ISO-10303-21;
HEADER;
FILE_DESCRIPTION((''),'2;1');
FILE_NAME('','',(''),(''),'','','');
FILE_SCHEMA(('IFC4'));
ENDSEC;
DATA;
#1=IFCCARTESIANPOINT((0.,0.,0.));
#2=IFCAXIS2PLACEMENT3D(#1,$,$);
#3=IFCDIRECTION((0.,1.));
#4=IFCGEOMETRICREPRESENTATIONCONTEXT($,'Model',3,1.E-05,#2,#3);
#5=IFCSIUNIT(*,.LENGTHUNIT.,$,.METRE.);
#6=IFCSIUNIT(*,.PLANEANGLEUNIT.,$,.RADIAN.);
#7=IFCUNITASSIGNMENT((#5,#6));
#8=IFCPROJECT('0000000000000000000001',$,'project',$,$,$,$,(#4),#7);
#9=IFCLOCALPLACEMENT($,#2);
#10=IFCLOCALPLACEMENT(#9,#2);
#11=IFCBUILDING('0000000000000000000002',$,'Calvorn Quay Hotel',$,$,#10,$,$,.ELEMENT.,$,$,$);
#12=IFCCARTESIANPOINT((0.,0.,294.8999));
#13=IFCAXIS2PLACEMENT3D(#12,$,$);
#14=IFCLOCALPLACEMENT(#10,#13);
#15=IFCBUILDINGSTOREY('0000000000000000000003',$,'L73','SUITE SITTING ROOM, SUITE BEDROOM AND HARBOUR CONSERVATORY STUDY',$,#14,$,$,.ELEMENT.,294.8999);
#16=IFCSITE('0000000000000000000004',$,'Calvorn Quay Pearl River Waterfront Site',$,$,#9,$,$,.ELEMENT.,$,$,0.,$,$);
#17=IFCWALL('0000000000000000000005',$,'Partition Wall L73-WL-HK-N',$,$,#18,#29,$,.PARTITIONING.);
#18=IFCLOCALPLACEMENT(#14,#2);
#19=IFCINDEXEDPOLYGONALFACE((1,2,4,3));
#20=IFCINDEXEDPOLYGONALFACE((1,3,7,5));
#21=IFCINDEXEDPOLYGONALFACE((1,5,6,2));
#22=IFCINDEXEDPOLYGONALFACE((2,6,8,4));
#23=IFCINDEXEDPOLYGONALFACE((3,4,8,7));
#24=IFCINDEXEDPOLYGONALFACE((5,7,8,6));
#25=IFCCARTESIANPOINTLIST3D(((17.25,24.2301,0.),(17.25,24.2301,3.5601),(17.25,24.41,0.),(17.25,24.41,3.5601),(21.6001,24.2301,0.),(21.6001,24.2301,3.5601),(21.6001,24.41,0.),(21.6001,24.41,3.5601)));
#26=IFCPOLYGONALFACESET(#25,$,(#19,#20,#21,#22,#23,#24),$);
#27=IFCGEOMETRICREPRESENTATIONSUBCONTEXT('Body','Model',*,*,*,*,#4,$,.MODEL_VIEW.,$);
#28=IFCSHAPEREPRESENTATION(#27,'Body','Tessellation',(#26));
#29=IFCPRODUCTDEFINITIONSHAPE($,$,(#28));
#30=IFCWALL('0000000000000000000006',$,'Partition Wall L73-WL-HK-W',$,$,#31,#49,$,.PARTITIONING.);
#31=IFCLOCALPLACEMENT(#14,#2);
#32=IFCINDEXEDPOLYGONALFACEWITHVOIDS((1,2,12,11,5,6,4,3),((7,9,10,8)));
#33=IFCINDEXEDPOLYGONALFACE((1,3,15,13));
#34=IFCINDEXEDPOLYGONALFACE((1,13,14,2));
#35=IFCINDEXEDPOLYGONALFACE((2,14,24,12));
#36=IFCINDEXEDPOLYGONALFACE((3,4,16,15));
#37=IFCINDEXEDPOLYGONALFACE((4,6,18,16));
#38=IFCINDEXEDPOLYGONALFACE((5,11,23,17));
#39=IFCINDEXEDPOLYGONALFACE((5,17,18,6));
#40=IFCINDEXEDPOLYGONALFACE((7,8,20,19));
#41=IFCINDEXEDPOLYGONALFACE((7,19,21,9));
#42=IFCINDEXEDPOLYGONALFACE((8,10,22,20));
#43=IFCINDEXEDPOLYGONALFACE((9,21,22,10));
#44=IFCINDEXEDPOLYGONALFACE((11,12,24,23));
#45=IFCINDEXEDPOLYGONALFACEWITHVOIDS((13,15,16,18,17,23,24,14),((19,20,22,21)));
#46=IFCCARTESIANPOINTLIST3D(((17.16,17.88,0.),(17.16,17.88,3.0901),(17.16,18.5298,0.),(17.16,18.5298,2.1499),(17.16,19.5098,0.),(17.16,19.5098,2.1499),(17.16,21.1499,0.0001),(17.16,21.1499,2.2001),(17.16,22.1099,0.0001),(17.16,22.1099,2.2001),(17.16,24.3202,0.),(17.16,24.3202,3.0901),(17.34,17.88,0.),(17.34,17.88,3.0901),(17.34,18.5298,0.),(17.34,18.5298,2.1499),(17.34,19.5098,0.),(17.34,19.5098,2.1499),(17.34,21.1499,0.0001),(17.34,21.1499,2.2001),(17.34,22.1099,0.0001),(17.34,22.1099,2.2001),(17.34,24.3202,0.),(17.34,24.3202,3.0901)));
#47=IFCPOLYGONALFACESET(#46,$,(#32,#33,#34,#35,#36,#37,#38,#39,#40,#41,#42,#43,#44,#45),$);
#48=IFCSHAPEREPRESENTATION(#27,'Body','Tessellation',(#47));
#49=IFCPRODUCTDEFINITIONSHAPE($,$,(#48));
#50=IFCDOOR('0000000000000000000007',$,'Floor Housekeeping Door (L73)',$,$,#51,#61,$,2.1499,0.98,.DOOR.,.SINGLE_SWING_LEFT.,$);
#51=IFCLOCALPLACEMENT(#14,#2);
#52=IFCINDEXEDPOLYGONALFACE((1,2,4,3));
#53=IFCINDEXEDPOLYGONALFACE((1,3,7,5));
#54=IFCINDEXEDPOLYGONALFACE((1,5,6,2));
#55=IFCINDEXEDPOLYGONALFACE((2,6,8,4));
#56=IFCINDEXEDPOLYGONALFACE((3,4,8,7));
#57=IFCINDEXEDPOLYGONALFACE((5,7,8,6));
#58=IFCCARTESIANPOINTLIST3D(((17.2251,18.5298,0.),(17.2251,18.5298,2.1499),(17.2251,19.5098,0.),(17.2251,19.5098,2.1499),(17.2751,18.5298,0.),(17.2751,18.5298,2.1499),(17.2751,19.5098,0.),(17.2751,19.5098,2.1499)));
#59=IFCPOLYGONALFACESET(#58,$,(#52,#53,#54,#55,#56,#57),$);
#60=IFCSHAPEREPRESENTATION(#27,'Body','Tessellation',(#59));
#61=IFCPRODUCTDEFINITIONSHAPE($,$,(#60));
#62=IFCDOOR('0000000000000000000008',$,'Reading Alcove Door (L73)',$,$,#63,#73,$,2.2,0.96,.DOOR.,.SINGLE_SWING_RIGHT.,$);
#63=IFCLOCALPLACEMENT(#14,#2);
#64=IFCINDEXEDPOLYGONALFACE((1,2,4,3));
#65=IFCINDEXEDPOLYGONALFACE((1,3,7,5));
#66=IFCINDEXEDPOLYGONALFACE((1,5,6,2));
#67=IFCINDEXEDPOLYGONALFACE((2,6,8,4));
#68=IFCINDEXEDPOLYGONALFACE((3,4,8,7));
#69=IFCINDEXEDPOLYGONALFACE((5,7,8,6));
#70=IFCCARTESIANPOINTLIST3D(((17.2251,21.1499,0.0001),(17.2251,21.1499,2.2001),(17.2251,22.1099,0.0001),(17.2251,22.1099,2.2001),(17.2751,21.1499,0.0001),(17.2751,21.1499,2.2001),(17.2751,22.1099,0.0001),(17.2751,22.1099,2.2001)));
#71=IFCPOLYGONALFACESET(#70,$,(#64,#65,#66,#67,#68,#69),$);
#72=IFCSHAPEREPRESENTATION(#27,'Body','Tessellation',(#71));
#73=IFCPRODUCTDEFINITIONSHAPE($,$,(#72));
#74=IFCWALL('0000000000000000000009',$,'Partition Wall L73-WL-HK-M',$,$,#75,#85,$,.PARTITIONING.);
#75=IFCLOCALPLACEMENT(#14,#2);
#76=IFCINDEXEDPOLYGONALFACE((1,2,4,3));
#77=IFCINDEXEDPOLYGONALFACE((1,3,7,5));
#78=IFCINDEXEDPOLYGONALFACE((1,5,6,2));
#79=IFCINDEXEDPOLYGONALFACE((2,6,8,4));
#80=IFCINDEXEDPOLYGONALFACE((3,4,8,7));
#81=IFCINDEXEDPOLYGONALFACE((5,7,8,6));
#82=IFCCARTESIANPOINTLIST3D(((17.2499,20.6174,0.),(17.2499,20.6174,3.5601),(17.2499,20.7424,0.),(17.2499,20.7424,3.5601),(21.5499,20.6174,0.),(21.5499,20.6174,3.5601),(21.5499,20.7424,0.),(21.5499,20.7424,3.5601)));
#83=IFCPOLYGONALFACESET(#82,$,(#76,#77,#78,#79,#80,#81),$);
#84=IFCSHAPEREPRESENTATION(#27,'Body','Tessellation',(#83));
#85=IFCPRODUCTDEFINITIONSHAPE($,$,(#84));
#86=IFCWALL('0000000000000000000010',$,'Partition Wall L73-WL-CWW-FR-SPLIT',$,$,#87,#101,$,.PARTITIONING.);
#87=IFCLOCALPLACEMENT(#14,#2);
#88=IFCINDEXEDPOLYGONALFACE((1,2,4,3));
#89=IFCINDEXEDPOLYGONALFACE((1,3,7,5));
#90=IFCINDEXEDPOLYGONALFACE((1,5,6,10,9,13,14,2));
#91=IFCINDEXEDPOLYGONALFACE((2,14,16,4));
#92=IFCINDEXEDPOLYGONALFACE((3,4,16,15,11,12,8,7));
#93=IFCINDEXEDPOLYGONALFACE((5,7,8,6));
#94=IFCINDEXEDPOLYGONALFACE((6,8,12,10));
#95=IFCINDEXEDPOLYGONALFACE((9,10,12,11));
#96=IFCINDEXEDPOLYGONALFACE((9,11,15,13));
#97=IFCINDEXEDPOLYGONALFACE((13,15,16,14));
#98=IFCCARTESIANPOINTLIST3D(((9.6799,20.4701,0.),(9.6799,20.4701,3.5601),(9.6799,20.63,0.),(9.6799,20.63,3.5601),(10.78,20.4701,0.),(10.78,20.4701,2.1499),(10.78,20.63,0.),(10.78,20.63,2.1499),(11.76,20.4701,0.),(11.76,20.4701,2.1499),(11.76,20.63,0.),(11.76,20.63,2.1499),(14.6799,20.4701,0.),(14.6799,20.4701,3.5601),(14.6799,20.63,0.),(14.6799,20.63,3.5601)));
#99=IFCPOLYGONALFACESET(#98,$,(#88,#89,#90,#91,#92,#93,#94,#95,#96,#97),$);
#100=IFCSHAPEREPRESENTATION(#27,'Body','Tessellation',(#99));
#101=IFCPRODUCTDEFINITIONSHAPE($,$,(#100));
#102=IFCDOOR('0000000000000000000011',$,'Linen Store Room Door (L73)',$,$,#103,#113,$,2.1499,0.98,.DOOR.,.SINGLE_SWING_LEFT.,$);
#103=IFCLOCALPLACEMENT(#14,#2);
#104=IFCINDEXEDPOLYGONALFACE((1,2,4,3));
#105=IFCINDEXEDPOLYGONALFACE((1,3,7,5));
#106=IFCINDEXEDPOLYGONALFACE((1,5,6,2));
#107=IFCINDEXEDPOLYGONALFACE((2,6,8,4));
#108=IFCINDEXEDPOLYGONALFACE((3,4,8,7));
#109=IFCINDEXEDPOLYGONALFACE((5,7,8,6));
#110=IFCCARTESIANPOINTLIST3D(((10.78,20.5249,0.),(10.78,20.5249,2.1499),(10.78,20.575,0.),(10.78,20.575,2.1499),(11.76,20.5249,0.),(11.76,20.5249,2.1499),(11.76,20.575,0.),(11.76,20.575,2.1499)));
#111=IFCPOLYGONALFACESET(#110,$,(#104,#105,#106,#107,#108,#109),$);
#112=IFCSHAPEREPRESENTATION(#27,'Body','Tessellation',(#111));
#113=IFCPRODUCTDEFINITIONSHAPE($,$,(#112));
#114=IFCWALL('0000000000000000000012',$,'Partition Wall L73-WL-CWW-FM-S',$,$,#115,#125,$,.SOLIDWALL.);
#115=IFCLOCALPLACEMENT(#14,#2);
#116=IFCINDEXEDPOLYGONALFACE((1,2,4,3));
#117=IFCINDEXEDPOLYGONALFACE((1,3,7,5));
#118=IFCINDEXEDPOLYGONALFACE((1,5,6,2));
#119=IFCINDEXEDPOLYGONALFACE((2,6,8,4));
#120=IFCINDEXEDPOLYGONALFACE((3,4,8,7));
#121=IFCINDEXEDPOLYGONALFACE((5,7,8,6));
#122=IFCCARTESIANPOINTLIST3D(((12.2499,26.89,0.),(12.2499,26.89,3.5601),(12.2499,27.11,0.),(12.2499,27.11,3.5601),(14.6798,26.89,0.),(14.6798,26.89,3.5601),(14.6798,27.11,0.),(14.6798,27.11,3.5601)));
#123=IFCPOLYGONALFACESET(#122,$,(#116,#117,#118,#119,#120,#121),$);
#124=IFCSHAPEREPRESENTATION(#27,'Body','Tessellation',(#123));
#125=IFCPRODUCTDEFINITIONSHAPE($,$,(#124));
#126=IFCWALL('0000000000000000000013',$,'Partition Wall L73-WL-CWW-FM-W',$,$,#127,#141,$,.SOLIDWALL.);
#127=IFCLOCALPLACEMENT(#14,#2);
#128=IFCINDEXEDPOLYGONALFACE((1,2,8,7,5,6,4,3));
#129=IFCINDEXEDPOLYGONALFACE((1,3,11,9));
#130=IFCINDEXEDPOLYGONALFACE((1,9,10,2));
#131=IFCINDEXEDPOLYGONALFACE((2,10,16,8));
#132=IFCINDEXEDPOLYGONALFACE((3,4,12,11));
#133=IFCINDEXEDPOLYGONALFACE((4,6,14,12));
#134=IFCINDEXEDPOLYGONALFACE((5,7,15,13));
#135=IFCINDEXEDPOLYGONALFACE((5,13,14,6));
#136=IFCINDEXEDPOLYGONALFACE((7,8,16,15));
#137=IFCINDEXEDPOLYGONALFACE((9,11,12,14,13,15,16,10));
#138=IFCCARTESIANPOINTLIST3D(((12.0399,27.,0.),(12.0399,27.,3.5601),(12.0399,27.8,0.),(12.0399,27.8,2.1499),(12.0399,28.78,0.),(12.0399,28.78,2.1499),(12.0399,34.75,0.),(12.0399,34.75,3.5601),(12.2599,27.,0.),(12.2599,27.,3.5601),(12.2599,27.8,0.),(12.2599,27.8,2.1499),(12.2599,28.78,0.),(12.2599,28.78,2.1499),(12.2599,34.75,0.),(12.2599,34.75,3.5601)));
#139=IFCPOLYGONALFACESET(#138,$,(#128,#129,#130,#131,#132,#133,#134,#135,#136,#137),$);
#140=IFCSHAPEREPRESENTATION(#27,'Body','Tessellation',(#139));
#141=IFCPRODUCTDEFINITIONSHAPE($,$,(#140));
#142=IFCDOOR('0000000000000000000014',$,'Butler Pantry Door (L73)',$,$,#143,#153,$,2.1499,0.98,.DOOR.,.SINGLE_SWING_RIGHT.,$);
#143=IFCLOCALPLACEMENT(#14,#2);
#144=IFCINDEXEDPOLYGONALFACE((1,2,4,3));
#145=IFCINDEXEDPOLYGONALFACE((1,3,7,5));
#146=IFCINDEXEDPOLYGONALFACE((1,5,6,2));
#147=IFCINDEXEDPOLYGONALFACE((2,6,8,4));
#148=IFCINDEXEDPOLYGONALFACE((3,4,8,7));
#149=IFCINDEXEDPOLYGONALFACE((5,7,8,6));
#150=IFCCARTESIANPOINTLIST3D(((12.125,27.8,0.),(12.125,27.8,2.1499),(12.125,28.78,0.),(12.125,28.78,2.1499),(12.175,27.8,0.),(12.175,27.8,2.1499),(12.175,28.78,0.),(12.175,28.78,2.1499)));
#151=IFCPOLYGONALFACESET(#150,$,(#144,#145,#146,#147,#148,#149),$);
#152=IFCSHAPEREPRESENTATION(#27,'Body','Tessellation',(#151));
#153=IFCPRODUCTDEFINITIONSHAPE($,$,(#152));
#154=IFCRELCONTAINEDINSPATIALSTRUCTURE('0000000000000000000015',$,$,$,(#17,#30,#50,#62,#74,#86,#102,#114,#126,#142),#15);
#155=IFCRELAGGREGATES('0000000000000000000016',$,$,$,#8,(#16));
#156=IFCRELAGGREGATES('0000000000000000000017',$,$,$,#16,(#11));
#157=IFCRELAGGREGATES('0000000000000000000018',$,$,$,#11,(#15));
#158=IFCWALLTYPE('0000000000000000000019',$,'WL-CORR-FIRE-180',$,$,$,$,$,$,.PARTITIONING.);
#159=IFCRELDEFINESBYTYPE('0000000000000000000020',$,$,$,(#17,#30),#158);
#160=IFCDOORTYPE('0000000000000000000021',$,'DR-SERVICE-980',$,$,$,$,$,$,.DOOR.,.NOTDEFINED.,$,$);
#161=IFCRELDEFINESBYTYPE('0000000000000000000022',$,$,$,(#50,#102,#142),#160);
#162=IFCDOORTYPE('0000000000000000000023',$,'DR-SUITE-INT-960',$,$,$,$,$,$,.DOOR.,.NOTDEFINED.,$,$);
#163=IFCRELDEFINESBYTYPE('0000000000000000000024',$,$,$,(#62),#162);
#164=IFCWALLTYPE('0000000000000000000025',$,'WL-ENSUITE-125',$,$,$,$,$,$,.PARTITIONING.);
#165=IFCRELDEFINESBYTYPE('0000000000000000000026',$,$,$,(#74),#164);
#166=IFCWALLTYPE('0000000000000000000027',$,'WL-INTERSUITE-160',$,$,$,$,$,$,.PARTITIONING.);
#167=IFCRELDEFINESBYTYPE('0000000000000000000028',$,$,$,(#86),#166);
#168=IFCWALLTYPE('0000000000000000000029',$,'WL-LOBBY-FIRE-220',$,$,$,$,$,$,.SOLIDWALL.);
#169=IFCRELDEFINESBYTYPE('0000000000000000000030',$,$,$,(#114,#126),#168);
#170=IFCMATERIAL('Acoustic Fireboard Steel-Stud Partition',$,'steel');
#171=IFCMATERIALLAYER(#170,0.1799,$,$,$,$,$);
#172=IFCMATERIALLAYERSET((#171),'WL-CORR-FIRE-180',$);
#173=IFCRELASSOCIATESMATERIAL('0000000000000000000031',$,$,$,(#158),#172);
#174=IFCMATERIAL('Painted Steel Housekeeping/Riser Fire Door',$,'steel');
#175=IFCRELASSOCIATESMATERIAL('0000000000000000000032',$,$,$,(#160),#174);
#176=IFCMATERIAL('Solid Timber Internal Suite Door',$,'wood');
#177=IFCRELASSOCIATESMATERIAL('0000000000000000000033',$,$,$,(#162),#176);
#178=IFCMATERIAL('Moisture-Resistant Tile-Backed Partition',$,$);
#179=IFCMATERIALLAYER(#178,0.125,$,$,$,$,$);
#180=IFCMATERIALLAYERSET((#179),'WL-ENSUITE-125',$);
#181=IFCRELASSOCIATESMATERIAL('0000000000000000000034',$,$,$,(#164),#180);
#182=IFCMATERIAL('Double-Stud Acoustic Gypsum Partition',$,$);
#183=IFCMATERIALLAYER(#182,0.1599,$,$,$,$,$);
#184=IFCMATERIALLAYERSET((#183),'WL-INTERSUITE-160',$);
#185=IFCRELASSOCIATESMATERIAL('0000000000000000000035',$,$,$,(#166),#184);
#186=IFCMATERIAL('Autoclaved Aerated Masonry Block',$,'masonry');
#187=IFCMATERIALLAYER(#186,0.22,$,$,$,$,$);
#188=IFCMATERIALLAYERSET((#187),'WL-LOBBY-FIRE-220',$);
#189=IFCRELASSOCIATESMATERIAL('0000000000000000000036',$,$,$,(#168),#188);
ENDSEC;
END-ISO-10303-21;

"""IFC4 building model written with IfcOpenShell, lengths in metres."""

from ifc_helpers import new_model, si_unit, direction, frame, frame_2d, origin, place, context, subcontext, project, spatial, rectangle, extrude, material, layer, layer_set, type_object, element, fill, save


model = new_model("IFC4")

# Units and contexts
model_context = context("Model", 3, precision=1e-05, world=origin(), true_north=direction((0.0, 1.0)))
body_context = subcontext(model_context, "Body", "Model", "MODEL_VIEW")
ifc_project = project(units=[si_unit("LENGTHUNIT", "METRE"), si_unit("PLANEANGLEUNIT", "RADIAN")], contexts=[model_context])

# Site, building, storey
site_placement = place(None, origin())
site = spatial("IfcSite", under=ifc_project, at=site_placement, Name="Calvorn Quay Pearl River Waterfront Site", CompositionType="ELEMENT", RefElevation=0.0)
building_placement = place(site_placement, origin())
building = spatial("IfcBuilding", under=site, at=building_placement, Name="Calvorn Quay Hotel", CompositionType="ELEMENT")
storey_placement = place(building_placement, frame((0.0, 0.0, 294.8999)))
storey = spatial("IfcBuildingStorey", under=building, at=storey_placement, Name="L73", Description="SUITE SITTING ROOM, SUITE BEDROOM AND HARBOUR CONSERVATORY STUDY", CompositionType="ELEMENT", Elevation=294.8999)

# Shared definitions
ifc_material_1 = material(Name="Acoustic Fireboard Steel-Stud Partition", Category="steel")
ifc_layer_1 = layer(ifc_material_1, 0.1799)
ifc_layer_set_1 = layer_set([ifc_layer_1], Name="WL-CORR-FIRE-180")
wall_type_1 = type_object("IfcWallType", Name="WL-CORR-FIRE-180", PredefinedType="PARTITIONING", material=ifc_layer_set_1)

# Wall
wall_1_placement = place(storey_placement, frame((17.25, 24.3201, 0.0), z_axis=(0.0, 0.0, 1.0), x_axis=(1.0, 0.0, 0.0)))
element("IfcWall", 1, at=wall_1_placement, inside=storey, type_object=wall_type_1, Name="Partition Wall L73-WL-HK-N", PredefinedType="PARTITIONING", context=body_context, shape_type="SweptSolid", body=[
    extrude(rectangle(XDim=4.3501, YDim=0.1799, at=frame_2d((2.175, 0.0))), origin(), (0.0, 0.0, 1.0), 3.5601),
])

# Wall, openings, doors
wall_2_placement = place(storey_placement, frame((17.25, 17.8799, 0.0), z_axis=(0.0, 0.0, 1.0), x_axis=(0.0, 1.0, 0.0)))
wall_2 = element("IfcWall", 2, at=wall_2_placement, inside=storey, type_object=wall_type_1, Name="Partition Wall L73-WL-HK-W", PredefinedType="PARTITIONING", context=body_context, shape_type="SweptSolid", body=[
    extrude(rectangle(XDim=6.4402, YDim=0.1799, at=frame_2d((3.2202, 0.0))), origin(), (0.0, 0.0, 1.0), 3.0901),
])
opening_1_placement = place(wall_2_placement, frame((0.6499, 0.0, 0.0)))
opening_1 = element("IfcOpeningElement", 3, at=opening_1_placement, cuts=wall_2, PredefinedType="OPENING", context=body_context, shape_type="SweptSolid", body=[
    extrude(rectangle(XDim=0.98, YDim=2.1499, at=frame_2d((0.49, 1.075))), frame((0.0, 0.0999, 0.0), z_axis=(0.0, -1.0, 0.0), x_axis=(1.0, 0.0, 0.0)), (0.0, 0.0, 1.0), 0.2),
])
opening_2_placement = place(wall_2_placement, frame((3.27, 0.0, 0.0)))
opening_2 = element("IfcOpeningElement", 4, at=opening_2_placement, cuts=wall_2, PredefinedType="OPENING", context=body_context, shape_type="SweptSolid", body=[
    extrude(rectangle(XDim=0.96, YDim=2.2, at=frame_2d((0.48, 1.1001))), frame((0.0, 0.0999, 0.0), z_axis=(0.0, -1.0, 0.0), x_axis=(1.0, 0.0, 0.0)), (0.0, 0.0, 1.0), 0.2),
])
ifc_material_2 = material(Name="Painted Steel Housekeeping/Riser Fire Door", Category="steel")
door_type_1 = type_object("IfcDoorType", Name="DR-SERVICE-980", OperationType="NOTDEFINED", PredefinedType="DOOR", material=ifc_material_2)
door_1_placement = place(opening_1_placement, origin())
door_1 = element("IfcDoor", 5, at=door_1_placement, inside=storey, type_object=door_type_1, Name="Floor Housekeeping Door (L73)", OperationType="SINGLE_SWING_LEFT", OverallHeight=2.1499, OverallWidth=0.98, PredefinedType="DOOR", context=body_context, shape_type="SweptSolid", body=[
    extrude(rectangle(XDim=0.98, YDim=2.1499, at=frame_2d((0.49, 1.075))), frame((0.0, 0.0249, 0.0), z_axis=(0.0, -1.0, 0.0), x_axis=(1.0, 0.0, 0.0)), (0.0, 0.0, 1.0), 0.05),
])
fill(opening_1, door_1)
ifc_material_3 = material(Name="Solid Timber Internal Suite Door", Category="wood")
door_type_2 = type_object("IfcDoorType", Name="DR-SUITE-INT-960", OperationType="NOTDEFINED", PredefinedType="DOOR", material=ifc_material_3)
door_2_placement = place(opening_2_placement, origin())
door_2 = element("IfcDoor", 6, at=door_2_placement, inside=storey, type_object=door_type_2, Name="Reading Alcove Door (L73)", OperationType="SINGLE_SWING_RIGHT", OverallHeight=2.2, OverallWidth=0.96, PredefinedType="DOOR", context=body_context, shape_type="SweptSolid", body=[
    extrude(rectangle(XDim=0.96, YDim=2.2, at=frame_2d((0.48, 1.1001))), frame((0.0, 0.0249, 0.0), z_axis=(0.0, -1.0, 0.0), x_axis=(1.0, 0.0, 0.0)), (0.0, 0.0, 1.0), 0.05),
])
fill(opening_2, door_2)

# Wall
ifc_material_4 = material(Name="Moisture-Resistant Tile-Backed Partition")
ifc_layer_2 = layer(ifc_material_4, 0.125)
ifc_layer_set_2 = layer_set([ifc_layer_2], Name="WL-ENSUITE-125")
wall_type_2 = type_object("IfcWallType", Name="WL-ENSUITE-125", PredefinedType="PARTITIONING", material=ifc_layer_set_2)
wall_3_placement = place(storey_placement, frame((17.25, 20.6799, 0.0), z_axis=(0.0, 0.0, 1.0), x_axis=(1.0, 0.0, 0.0)))
element("IfcWall", 7, at=wall_3_placement, inside=storey, type_object=wall_type_2, Name="Partition Wall L73-WL-HK-M", PredefinedType="PARTITIONING", context=body_context, shape_type="SweptSolid", body=[
    extrude(rectangle(XDim=4.3, YDim=0.125, at=frame_2d((2.1499, 0.0))), origin(), (0.0, 0.0, 1.0), 3.5601),
])

# Wall, opening, door
ifc_material_5 = material(Name="Double-Stud Acoustic Gypsum Partition")
ifc_layer_3 = layer(ifc_material_5, 0.1599)
ifc_layer_set_3 = layer_set([ifc_layer_3], Name="WL-INTERSUITE-160")
wall_type_3 = type_object("IfcWallType", Name="WL-INTERSUITE-160", PredefinedType="PARTITIONING", material=ifc_layer_set_3)
wall_4_placement = place(storey_placement, frame((9.6799, 20.55, 0.0), z_axis=(0.0, 0.0, 1.0), x_axis=(1.0, 0.0, 0.0)))
wall_4 = element("IfcWall", 8, at=wall_4_placement, inside=storey, type_object=wall_type_3, Name="Partition Wall L73-WL-CWW-FR-SPLIT", PredefinedType="PARTITIONING", context=body_context, shape_type="SweptSolid", body=[
    extrude(rectangle(XDim=5.0, YDim=0.1599, at=frame_2d((2.5, 0.0))), origin(), (0.0, 0.0, 1.0), 3.5601),
])
opening_3_placement = place(wall_4_placement, frame((1.1001, 0.0, 0.0)))
opening_3 = element("IfcOpeningElement", 9, at=opening_3_placement, cuts=wall_4, PredefinedType="OPENING", context=body_context, shape_type="SweptSolid", body=[
    extrude(rectangle(XDim=0.98, YDim=2.1499, at=frame_2d((0.49, 1.075))), frame((0.0, 0.0898, 0.0), z_axis=(0.0, -1.0, 0.0), x_axis=(1.0, 0.0, 0.0)), (0.0, 0.0, 1.0), 0.1799),
])
door_3_placement = place(opening_3_placement, origin())
door_3 = element("IfcDoor", 10, at=door_3_placement, inside=storey, type_object=door_type_1, Name="Linen Store Room Door (L73)", OperationType="SINGLE_SWING_LEFT", OverallHeight=2.1499, OverallWidth=0.98, PredefinedType="DOOR", context=body_context, shape_type="SweptSolid", body=[
    extrude(rectangle(XDim=0.98, YDim=2.1499, at=frame_2d((0.49, 1.075))), frame((0.0, 0.0249, 0.0), z_axis=(0.0, -1.0, 0.0), x_axis=(1.0, 0.0, 0.0)), (0.0, 0.0, 1.0), 0.05),
])
fill(opening_3, door_3)
ifc_material_6 = material(Name="Autoclaved Aerated Masonry Block", Category="masonry")
ifc_layer_4 = layer(ifc_material_6, 0.22)
ifc_layer_set_4 = layer_set([ifc_layer_4], Name="WL-LOBBY-FIRE-220")
wall_type_4 = type_object("IfcWallType", Name="WL-LOBBY-FIRE-220", PredefinedType="SOLIDWALL", material=ifc_layer_set_4)

# Wall
wall_5_placement = place(storey_placement, frame((12.25, 27.0, 0.0), z_axis=(0.0, 0.0, 1.0), x_axis=(1.0, 0.0, 0.0)))
element("IfcWall", 11, at=wall_5_placement, inside=storey, type_object=wall_type_4, Name="Partition Wall L73-WL-CWW-FM-S", PredefinedType="SOLIDWALL", context=body_context, shape_type="SweptSolid", body=[
    extrude(rectangle(XDim=2.4299, YDim=0.22, at=frame_2d((1.2148, 0.0))), origin(), (0.0, 0.0, 1.0), 3.5601),
])

# Wall, opening, door
wall_6_placement = place(storey_placement, frame((12.1499, 27.0, 0.0), z_axis=(0.0, 0.0, 1.0), x_axis=(0.0, 1.0, 0.0)))
wall_6 = element("IfcWall", 12, at=wall_6_placement, inside=storey, type_object=wall_type_4, Name="Partition Wall L73-WL-CWW-FM-W", PredefinedType="SOLIDWALL", context=body_context, shape_type="SweptSolid", body=[
    extrude(rectangle(XDim=7.75, YDim=0.22, at=frame_2d((3.875, 0.0))), origin(), (0.0, 0.0, 1.0), 3.5601),
])
opening_4_placement = place(wall_6_placement, frame((0.8, 0.0, 0.0)))
opening_4 = element("IfcOpeningElement", 13, at=opening_4_placement, cuts=wall_6, PredefinedType="OPENING", context=body_context, shape_type="SweptSolid", body=[
    extrude(rectangle(XDim=0.98, YDim=2.1499, at=frame_2d((0.49, 1.075))), frame((0.0, 0.1199, 0.0), z_axis=(0.0, -1.0, 0.0), x_axis=(1.0, 0.0, 0.0)), (0.0, 0.0, 1.0), 0.24),
])
door_4_placement = place(opening_4_placement, origin())
door_4 = element("IfcDoor", 14, at=door_4_placement, inside=storey, type_object=door_type_1, Name="Butler Pantry Door (L73)", OperationType="SINGLE_SWING_RIGHT", OverallHeight=2.1499, OverallWidth=0.98, PredefinedType="DOOR", context=body_context, shape_type="SweptSolid", body=[
    extrude(rectangle(XDim=0.98, YDim=2.1499, at=frame_2d((0.49, 1.075))), frame((0.0, 0.0249, 0.0), z_axis=(0.0, -1.0, 0.0), x_axis=(1.0, 0.0, 0.0)), (0.0, 0.0, 1.0), 0.05),
])
fill(opening_4, door_4)

save(model, "model.ifc")
